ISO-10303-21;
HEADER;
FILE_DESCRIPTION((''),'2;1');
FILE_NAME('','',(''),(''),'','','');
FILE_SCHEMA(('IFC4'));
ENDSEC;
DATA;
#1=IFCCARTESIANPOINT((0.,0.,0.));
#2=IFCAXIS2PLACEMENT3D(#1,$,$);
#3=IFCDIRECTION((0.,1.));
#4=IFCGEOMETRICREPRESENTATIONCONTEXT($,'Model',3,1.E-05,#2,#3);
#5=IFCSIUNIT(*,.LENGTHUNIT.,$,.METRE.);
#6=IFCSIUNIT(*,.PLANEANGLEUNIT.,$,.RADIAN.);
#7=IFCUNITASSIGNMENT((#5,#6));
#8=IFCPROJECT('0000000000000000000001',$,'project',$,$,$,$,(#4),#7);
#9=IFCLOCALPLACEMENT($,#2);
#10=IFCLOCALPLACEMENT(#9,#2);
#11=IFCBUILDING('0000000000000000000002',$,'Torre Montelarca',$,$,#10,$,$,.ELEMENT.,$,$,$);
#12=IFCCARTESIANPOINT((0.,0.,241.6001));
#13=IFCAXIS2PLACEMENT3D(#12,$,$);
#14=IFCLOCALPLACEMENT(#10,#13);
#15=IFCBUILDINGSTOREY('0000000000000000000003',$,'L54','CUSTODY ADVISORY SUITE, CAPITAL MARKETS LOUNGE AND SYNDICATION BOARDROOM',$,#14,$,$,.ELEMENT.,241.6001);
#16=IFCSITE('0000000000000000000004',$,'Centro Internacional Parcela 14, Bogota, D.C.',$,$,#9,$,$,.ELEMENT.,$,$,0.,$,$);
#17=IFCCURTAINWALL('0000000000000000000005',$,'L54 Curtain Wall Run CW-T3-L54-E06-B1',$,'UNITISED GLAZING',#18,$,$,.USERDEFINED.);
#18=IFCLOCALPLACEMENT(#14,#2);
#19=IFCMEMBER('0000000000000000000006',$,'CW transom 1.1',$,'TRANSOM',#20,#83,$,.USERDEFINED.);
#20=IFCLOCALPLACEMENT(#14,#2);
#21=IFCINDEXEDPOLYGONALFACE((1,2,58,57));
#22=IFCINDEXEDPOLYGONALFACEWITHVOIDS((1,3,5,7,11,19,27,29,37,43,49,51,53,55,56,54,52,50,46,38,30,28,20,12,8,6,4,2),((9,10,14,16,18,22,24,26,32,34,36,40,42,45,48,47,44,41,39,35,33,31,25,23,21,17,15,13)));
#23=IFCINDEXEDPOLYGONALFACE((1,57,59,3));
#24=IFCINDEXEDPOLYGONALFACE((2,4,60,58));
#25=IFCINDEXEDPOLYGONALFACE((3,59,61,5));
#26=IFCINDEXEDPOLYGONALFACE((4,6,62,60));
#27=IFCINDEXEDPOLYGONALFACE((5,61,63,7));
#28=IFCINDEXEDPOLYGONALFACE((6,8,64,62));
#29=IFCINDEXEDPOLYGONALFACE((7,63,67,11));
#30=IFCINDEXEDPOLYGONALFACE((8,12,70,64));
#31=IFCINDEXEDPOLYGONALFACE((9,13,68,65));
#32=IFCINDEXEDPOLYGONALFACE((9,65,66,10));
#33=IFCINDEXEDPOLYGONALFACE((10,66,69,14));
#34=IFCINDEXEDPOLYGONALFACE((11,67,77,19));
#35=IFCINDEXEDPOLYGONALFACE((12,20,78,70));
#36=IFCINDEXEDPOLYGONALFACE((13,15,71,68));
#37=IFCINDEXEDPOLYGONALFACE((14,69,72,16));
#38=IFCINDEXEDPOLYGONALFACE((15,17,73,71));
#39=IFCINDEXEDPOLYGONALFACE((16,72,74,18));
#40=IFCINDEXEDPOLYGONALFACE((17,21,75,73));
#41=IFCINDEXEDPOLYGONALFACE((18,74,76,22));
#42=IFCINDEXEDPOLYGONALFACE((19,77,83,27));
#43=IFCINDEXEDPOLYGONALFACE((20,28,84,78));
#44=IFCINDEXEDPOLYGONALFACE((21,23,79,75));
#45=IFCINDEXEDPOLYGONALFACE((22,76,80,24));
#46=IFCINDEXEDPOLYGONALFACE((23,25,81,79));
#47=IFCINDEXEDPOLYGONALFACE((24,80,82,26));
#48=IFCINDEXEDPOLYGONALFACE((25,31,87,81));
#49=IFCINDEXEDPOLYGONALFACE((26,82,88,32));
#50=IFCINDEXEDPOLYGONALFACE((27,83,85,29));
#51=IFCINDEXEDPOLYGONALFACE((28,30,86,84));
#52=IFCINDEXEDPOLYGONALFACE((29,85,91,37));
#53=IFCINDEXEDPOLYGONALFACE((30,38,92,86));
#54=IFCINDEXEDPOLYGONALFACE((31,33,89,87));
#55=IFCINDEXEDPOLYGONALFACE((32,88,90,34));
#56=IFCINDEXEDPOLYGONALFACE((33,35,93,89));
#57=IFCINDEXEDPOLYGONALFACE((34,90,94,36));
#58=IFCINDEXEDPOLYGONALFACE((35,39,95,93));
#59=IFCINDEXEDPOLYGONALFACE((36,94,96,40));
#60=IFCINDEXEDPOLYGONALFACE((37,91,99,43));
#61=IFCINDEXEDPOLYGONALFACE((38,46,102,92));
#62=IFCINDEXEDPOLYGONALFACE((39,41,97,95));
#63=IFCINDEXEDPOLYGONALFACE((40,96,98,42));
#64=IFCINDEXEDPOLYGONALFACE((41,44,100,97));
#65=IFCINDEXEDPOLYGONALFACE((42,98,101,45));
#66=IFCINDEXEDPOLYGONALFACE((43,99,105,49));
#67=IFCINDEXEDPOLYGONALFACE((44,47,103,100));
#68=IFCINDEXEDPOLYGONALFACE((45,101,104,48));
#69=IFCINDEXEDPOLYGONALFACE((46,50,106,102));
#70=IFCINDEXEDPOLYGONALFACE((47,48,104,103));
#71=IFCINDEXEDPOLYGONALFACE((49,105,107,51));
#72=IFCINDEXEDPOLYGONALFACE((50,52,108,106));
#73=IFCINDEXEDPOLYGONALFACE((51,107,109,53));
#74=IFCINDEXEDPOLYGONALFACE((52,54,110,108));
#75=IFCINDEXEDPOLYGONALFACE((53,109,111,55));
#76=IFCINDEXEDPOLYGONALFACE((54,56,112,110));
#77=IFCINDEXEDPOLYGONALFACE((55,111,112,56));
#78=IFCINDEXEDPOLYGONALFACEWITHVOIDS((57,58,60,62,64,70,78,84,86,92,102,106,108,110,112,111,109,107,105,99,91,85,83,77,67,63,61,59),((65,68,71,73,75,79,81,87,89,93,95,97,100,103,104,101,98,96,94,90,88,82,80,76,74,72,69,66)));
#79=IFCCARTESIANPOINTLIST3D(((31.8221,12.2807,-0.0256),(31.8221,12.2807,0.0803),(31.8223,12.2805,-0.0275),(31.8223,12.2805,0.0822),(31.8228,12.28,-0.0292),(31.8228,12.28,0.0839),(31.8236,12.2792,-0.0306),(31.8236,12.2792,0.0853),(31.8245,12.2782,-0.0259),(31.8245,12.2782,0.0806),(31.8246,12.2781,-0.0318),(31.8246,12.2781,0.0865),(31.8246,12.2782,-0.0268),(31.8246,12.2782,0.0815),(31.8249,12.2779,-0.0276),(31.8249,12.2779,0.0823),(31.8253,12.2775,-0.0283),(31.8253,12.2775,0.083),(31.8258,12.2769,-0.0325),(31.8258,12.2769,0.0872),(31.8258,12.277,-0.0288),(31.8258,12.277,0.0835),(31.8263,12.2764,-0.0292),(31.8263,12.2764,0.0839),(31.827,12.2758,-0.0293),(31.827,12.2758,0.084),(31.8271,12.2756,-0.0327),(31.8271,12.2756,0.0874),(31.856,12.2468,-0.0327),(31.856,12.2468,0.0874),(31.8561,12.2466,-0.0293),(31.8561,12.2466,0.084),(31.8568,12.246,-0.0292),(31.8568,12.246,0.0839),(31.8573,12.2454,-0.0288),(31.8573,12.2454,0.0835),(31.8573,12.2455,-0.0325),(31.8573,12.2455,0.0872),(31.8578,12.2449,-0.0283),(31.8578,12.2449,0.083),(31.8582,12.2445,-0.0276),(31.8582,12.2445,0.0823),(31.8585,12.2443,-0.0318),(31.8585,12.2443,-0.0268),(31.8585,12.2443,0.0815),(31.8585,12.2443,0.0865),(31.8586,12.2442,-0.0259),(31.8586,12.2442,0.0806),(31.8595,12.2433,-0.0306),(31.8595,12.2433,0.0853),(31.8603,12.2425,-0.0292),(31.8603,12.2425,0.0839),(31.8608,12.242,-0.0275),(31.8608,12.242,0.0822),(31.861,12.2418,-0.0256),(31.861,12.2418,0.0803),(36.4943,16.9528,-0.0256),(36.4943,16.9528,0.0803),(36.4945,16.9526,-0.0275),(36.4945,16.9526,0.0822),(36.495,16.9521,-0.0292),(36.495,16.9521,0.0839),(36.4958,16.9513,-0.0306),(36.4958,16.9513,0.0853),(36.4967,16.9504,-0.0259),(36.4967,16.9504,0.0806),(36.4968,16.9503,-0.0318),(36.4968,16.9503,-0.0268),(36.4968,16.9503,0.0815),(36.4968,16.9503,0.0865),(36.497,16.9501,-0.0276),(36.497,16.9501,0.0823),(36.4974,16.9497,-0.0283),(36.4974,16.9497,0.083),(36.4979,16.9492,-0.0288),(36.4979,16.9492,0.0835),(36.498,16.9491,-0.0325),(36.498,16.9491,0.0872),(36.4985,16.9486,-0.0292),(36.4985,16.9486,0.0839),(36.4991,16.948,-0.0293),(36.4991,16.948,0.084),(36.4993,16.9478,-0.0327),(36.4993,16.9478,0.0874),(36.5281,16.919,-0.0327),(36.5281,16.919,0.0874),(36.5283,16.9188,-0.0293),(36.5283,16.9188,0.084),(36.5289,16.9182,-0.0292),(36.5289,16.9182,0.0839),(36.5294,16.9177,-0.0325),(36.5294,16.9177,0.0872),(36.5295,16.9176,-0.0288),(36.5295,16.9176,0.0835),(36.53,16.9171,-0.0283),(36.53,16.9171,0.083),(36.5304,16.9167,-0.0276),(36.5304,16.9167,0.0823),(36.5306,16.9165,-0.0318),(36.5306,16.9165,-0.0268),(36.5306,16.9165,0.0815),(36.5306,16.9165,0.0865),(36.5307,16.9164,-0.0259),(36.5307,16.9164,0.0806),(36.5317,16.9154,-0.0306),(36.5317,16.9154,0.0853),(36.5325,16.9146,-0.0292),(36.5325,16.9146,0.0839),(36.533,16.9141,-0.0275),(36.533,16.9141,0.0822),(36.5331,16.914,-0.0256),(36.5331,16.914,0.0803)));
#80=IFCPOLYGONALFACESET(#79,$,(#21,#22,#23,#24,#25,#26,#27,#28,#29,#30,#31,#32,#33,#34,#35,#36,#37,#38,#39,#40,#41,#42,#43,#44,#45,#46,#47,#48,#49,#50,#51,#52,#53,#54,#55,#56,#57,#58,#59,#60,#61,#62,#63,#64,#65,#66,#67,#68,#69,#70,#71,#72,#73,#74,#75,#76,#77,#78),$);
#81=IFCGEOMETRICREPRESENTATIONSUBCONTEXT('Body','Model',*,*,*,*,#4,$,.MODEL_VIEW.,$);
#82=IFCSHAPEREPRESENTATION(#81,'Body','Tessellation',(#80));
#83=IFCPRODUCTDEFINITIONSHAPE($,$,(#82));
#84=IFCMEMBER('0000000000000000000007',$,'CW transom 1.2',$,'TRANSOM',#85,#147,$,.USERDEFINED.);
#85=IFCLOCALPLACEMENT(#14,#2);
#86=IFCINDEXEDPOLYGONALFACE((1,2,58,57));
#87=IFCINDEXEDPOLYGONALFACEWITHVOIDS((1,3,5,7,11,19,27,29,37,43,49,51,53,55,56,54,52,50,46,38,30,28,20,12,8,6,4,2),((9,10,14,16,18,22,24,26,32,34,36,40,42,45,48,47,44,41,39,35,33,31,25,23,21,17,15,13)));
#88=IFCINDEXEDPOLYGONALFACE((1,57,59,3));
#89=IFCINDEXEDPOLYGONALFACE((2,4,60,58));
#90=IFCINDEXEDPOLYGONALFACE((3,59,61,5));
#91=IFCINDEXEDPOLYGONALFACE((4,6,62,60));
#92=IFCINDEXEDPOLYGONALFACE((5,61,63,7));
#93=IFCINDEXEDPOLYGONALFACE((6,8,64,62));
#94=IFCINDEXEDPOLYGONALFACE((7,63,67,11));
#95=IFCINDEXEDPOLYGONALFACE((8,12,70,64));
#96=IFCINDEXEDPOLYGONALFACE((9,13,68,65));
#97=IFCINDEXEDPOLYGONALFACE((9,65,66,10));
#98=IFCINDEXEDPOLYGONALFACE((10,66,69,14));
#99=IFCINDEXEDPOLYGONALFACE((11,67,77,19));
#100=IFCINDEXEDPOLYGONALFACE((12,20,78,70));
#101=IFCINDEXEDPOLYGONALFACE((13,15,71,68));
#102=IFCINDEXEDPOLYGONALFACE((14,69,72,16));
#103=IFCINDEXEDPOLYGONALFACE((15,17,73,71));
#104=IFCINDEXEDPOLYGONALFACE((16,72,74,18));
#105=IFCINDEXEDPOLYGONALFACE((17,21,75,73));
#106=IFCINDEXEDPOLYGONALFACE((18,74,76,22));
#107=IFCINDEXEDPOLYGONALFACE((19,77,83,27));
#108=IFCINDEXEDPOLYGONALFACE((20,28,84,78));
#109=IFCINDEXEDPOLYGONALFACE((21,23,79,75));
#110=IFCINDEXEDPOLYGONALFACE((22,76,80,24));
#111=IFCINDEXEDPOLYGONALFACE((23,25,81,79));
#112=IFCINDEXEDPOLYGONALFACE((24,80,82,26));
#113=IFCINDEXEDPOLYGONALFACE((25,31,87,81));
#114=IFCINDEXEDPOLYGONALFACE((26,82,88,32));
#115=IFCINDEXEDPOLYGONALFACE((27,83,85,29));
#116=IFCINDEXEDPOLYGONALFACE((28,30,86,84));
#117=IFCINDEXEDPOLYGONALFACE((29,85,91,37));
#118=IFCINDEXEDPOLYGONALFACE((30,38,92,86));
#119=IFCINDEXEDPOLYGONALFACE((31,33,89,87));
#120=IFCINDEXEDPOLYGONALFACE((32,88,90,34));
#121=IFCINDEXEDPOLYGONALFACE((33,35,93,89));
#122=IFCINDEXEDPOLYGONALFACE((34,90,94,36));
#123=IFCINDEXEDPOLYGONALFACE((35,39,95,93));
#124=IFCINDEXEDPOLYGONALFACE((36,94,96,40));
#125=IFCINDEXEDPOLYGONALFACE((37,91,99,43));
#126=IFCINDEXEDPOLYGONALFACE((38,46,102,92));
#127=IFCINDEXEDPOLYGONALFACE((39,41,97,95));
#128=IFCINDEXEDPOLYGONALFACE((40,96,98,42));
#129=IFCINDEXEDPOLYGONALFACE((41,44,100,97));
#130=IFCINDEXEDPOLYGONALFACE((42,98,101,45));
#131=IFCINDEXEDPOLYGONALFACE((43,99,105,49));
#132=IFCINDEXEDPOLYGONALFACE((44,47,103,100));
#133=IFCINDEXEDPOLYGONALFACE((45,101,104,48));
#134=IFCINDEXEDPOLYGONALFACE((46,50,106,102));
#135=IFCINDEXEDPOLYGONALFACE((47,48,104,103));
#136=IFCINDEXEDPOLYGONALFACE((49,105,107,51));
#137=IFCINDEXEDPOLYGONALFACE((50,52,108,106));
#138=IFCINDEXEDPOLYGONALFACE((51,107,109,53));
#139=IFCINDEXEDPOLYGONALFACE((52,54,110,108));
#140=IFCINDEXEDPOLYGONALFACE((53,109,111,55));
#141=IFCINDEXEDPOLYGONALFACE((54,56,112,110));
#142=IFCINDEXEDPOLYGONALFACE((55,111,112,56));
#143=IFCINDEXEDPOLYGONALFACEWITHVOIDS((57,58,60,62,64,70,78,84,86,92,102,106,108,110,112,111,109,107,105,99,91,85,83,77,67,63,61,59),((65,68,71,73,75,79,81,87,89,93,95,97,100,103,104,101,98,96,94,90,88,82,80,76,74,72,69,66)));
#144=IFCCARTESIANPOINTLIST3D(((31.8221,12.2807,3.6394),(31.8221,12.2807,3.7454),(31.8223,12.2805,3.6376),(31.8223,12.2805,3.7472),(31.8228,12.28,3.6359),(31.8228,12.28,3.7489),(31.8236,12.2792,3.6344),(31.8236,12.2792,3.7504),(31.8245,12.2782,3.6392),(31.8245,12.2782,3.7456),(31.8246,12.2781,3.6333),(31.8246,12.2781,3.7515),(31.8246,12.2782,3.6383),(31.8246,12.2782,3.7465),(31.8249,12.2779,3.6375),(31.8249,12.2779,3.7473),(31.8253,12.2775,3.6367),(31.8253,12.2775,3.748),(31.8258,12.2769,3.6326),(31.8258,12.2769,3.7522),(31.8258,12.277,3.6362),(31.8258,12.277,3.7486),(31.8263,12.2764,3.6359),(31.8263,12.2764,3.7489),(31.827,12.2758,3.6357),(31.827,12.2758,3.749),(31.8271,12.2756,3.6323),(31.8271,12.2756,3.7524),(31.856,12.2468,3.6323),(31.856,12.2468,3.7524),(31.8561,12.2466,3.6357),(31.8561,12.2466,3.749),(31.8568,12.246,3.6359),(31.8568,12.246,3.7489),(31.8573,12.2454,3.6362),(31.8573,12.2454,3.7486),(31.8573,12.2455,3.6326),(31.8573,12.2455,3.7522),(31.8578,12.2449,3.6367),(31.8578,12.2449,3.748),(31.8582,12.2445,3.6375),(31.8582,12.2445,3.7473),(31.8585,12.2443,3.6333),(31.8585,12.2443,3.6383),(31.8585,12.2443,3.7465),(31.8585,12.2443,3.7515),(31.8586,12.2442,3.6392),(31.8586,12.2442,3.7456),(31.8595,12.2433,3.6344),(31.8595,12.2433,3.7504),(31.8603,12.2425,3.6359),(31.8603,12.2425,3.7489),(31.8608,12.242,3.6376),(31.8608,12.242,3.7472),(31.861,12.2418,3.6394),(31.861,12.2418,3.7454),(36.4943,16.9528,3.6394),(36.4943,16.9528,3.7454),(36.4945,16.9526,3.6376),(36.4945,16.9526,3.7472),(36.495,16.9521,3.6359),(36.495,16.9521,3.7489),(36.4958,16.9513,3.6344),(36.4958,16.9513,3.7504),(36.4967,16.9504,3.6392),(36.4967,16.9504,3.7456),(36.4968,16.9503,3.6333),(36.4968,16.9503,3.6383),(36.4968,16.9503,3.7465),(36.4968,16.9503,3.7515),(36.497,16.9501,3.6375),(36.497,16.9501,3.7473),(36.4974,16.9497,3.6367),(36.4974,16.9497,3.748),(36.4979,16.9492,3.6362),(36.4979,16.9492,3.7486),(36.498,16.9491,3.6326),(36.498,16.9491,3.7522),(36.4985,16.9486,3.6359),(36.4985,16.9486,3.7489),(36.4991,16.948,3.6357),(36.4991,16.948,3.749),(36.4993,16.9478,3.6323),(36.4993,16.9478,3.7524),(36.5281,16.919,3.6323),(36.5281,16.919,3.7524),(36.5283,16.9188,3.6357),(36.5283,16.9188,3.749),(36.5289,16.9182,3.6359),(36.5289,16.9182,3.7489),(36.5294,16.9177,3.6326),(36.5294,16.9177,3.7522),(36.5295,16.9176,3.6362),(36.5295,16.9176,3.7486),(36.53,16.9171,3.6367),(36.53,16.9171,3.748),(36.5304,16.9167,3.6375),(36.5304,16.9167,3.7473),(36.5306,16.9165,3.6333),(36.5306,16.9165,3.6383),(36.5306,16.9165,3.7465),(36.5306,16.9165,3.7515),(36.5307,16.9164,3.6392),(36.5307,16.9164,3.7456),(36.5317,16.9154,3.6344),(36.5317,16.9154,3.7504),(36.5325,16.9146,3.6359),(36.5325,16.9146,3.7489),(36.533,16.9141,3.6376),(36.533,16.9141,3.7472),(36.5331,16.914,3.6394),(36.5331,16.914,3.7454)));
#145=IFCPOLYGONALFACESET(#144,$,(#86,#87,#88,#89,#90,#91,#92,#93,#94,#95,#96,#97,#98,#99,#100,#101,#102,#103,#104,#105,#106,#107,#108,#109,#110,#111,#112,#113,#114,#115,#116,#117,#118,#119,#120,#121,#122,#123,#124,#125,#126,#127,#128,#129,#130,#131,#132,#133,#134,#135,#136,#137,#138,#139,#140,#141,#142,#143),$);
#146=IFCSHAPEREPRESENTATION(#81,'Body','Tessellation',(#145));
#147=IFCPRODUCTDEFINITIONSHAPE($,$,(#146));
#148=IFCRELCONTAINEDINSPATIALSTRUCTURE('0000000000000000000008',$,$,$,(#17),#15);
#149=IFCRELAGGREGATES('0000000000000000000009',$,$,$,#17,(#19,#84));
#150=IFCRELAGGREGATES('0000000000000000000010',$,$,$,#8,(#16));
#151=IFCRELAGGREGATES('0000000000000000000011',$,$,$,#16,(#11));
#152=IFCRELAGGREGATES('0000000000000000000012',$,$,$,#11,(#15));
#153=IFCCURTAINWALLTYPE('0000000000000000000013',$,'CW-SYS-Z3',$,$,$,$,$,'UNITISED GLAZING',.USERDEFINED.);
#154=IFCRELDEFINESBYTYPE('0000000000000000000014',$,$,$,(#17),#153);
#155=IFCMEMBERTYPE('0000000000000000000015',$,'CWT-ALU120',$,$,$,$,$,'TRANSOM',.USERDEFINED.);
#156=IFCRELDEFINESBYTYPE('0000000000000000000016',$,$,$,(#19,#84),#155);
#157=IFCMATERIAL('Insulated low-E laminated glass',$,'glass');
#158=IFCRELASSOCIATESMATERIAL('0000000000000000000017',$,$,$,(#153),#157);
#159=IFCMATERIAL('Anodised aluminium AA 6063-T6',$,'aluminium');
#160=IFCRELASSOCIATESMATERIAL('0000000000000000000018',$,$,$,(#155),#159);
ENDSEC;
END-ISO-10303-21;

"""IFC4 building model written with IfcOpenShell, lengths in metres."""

from ifc_helpers import new_model, si_unit, direction, frame, origin, origin_2d, place, context, subcontext, project, spatial, hollow_rectangle, extrude, source, transform, mapped, material, material_profile, profile_set, type_object, element, aggregate, save


model = new_model("IFC4")

# Units and contexts
model_context = context("Model", 3, precision=1e-05, world=origin(), true_north=direction((0.0, 1.0)))
body_context = subcontext(model_context, "Body", "Model", "MODEL_VIEW")
ifc_project = project(units=[si_unit("LENGTHUNIT", "METRE"), si_unit("PLANEANGLEUNIT", "RADIAN")], contexts=[model_context])

# Site, building, storey
site_placement = place(None, origin())
site = spatial("IfcSite", under=ifc_project, at=site_placement, Name="Centro Internacional Parcela 14, Bogota, D.C.", CompositionType="ELEMENT", RefElevation=0.0)
building_placement = place(site_placement, origin())
building = spatial("IfcBuilding", under=site, at=building_placement, Name="Torre Montelarca", CompositionType="ELEMENT")
storey_placement = place(building_placement, frame((0.0, 0.0, 241.6001)))
storey = spatial("IfcBuildingStorey", under=building, at=storey_placement, Name="L54", Description="CUSTODY ADVISORY SUITE, CAPITAL MARKETS LOUNGE AND SYNDICATION BOARDROOM", CompositionType="ELEMENT", Elevation=241.6001)

# Shared definitions
ifc_material_1 = material(Name="Insulated low-E laminated glass", Category="glass")
curtain_wall_type = type_object("IfcCurtainWallType", Name="CW-SYS-Z3", ElementType="UNITISED GLAZING", PredefinedType="USERDEFINED", material=ifc_material_1)
ifc_material_2 = material(Name="Anodised aluminium AA 6063-T6", Category="aluminium")
ifc_material_profile_1 = material_profile(ifc_material_2, hollow_rectangle(XDim=0.0549, YDim=0.1201, WallThickness=0.0034, InnerFilletRadius=0.0034, OuterFilletRadius=0.0071, at=origin_2d()), Name="ALU55X120X3.5", Category="aluminium")
ifc_profile_set_1 = profile_set([ifc_material_profile_1], Name="Anodised aluminium AA 6063-T6")
member_type_1 = type_object("IfcMemberType", Name="CWT-ALU120", ElementType="TRANSOM", PredefinedType="USERDEFINED", material=ifc_profile_set_1)

# Curtain wall
curtain_wall_1_placement = place(storey_placement, origin())
curtain_wall_1 = element("IfcCurtainWall", 1, at=curtain_wall_1_placement, inside=storey, type_object=curtain_wall_type, Name="L54 Curtain Wall Run CW-T3-L54-E06-B1", ObjectType="UNITISED GLAZING", PredefinedType="USERDEFINED")

# Members
shared_shape_1 = source(origin(), body_context, "Body", "SweptSolid", [
    extrude(hollow_rectangle(XDim=0.0549, YDim=0.1201, WallThickness=0.0034, InnerFilletRadius=0.0034, OuterFilletRadius=0.0071, at=origin_2d()), origin(), (0.0, 0.0, 1.0), 6.6074),
])
member_1_placement = place(storey_placement, frame((31.8416, 12.2612, 0.0273), z_axis=(0.707107, 0.707107, 0.0), x_axis=(-0.707107, 0.707107, 0.0)))
member_1 = element("IfcMember", 2, at=member_1_placement, type_object=member_type_1, Name="CW transom 1.1", ObjectType="TRANSOM", PredefinedType="USERDEFINED", context=body_context, shape_type="MappedRepresentation", body=[
    mapped(shared_shape_1, transform((0.0, 0.0, 0.0), scale=1.0)),
])
member_2_placement = place(storey_placement, frame((31.8416, 12.2612, 3.6924), z_axis=(0.707107, 0.707107, 0.0), x_axis=(-0.707107, 0.707107, 0.0)))
member_2 = element("IfcMember", 3, at=member_2_placement, type_object=member_type_1, Name="CW transom 1.2", ObjectType="TRANSOM", PredefinedType="USERDEFINED", context=body_context, shape_type="MappedRepresentation", body=[
    mapped(shared_shape_1, transform((0.0, 0.0, 0.0), scale=1.0)),
])

aggregate(curtain_wall_1, [member_1, member_2])

save(model, "model.ifc")
